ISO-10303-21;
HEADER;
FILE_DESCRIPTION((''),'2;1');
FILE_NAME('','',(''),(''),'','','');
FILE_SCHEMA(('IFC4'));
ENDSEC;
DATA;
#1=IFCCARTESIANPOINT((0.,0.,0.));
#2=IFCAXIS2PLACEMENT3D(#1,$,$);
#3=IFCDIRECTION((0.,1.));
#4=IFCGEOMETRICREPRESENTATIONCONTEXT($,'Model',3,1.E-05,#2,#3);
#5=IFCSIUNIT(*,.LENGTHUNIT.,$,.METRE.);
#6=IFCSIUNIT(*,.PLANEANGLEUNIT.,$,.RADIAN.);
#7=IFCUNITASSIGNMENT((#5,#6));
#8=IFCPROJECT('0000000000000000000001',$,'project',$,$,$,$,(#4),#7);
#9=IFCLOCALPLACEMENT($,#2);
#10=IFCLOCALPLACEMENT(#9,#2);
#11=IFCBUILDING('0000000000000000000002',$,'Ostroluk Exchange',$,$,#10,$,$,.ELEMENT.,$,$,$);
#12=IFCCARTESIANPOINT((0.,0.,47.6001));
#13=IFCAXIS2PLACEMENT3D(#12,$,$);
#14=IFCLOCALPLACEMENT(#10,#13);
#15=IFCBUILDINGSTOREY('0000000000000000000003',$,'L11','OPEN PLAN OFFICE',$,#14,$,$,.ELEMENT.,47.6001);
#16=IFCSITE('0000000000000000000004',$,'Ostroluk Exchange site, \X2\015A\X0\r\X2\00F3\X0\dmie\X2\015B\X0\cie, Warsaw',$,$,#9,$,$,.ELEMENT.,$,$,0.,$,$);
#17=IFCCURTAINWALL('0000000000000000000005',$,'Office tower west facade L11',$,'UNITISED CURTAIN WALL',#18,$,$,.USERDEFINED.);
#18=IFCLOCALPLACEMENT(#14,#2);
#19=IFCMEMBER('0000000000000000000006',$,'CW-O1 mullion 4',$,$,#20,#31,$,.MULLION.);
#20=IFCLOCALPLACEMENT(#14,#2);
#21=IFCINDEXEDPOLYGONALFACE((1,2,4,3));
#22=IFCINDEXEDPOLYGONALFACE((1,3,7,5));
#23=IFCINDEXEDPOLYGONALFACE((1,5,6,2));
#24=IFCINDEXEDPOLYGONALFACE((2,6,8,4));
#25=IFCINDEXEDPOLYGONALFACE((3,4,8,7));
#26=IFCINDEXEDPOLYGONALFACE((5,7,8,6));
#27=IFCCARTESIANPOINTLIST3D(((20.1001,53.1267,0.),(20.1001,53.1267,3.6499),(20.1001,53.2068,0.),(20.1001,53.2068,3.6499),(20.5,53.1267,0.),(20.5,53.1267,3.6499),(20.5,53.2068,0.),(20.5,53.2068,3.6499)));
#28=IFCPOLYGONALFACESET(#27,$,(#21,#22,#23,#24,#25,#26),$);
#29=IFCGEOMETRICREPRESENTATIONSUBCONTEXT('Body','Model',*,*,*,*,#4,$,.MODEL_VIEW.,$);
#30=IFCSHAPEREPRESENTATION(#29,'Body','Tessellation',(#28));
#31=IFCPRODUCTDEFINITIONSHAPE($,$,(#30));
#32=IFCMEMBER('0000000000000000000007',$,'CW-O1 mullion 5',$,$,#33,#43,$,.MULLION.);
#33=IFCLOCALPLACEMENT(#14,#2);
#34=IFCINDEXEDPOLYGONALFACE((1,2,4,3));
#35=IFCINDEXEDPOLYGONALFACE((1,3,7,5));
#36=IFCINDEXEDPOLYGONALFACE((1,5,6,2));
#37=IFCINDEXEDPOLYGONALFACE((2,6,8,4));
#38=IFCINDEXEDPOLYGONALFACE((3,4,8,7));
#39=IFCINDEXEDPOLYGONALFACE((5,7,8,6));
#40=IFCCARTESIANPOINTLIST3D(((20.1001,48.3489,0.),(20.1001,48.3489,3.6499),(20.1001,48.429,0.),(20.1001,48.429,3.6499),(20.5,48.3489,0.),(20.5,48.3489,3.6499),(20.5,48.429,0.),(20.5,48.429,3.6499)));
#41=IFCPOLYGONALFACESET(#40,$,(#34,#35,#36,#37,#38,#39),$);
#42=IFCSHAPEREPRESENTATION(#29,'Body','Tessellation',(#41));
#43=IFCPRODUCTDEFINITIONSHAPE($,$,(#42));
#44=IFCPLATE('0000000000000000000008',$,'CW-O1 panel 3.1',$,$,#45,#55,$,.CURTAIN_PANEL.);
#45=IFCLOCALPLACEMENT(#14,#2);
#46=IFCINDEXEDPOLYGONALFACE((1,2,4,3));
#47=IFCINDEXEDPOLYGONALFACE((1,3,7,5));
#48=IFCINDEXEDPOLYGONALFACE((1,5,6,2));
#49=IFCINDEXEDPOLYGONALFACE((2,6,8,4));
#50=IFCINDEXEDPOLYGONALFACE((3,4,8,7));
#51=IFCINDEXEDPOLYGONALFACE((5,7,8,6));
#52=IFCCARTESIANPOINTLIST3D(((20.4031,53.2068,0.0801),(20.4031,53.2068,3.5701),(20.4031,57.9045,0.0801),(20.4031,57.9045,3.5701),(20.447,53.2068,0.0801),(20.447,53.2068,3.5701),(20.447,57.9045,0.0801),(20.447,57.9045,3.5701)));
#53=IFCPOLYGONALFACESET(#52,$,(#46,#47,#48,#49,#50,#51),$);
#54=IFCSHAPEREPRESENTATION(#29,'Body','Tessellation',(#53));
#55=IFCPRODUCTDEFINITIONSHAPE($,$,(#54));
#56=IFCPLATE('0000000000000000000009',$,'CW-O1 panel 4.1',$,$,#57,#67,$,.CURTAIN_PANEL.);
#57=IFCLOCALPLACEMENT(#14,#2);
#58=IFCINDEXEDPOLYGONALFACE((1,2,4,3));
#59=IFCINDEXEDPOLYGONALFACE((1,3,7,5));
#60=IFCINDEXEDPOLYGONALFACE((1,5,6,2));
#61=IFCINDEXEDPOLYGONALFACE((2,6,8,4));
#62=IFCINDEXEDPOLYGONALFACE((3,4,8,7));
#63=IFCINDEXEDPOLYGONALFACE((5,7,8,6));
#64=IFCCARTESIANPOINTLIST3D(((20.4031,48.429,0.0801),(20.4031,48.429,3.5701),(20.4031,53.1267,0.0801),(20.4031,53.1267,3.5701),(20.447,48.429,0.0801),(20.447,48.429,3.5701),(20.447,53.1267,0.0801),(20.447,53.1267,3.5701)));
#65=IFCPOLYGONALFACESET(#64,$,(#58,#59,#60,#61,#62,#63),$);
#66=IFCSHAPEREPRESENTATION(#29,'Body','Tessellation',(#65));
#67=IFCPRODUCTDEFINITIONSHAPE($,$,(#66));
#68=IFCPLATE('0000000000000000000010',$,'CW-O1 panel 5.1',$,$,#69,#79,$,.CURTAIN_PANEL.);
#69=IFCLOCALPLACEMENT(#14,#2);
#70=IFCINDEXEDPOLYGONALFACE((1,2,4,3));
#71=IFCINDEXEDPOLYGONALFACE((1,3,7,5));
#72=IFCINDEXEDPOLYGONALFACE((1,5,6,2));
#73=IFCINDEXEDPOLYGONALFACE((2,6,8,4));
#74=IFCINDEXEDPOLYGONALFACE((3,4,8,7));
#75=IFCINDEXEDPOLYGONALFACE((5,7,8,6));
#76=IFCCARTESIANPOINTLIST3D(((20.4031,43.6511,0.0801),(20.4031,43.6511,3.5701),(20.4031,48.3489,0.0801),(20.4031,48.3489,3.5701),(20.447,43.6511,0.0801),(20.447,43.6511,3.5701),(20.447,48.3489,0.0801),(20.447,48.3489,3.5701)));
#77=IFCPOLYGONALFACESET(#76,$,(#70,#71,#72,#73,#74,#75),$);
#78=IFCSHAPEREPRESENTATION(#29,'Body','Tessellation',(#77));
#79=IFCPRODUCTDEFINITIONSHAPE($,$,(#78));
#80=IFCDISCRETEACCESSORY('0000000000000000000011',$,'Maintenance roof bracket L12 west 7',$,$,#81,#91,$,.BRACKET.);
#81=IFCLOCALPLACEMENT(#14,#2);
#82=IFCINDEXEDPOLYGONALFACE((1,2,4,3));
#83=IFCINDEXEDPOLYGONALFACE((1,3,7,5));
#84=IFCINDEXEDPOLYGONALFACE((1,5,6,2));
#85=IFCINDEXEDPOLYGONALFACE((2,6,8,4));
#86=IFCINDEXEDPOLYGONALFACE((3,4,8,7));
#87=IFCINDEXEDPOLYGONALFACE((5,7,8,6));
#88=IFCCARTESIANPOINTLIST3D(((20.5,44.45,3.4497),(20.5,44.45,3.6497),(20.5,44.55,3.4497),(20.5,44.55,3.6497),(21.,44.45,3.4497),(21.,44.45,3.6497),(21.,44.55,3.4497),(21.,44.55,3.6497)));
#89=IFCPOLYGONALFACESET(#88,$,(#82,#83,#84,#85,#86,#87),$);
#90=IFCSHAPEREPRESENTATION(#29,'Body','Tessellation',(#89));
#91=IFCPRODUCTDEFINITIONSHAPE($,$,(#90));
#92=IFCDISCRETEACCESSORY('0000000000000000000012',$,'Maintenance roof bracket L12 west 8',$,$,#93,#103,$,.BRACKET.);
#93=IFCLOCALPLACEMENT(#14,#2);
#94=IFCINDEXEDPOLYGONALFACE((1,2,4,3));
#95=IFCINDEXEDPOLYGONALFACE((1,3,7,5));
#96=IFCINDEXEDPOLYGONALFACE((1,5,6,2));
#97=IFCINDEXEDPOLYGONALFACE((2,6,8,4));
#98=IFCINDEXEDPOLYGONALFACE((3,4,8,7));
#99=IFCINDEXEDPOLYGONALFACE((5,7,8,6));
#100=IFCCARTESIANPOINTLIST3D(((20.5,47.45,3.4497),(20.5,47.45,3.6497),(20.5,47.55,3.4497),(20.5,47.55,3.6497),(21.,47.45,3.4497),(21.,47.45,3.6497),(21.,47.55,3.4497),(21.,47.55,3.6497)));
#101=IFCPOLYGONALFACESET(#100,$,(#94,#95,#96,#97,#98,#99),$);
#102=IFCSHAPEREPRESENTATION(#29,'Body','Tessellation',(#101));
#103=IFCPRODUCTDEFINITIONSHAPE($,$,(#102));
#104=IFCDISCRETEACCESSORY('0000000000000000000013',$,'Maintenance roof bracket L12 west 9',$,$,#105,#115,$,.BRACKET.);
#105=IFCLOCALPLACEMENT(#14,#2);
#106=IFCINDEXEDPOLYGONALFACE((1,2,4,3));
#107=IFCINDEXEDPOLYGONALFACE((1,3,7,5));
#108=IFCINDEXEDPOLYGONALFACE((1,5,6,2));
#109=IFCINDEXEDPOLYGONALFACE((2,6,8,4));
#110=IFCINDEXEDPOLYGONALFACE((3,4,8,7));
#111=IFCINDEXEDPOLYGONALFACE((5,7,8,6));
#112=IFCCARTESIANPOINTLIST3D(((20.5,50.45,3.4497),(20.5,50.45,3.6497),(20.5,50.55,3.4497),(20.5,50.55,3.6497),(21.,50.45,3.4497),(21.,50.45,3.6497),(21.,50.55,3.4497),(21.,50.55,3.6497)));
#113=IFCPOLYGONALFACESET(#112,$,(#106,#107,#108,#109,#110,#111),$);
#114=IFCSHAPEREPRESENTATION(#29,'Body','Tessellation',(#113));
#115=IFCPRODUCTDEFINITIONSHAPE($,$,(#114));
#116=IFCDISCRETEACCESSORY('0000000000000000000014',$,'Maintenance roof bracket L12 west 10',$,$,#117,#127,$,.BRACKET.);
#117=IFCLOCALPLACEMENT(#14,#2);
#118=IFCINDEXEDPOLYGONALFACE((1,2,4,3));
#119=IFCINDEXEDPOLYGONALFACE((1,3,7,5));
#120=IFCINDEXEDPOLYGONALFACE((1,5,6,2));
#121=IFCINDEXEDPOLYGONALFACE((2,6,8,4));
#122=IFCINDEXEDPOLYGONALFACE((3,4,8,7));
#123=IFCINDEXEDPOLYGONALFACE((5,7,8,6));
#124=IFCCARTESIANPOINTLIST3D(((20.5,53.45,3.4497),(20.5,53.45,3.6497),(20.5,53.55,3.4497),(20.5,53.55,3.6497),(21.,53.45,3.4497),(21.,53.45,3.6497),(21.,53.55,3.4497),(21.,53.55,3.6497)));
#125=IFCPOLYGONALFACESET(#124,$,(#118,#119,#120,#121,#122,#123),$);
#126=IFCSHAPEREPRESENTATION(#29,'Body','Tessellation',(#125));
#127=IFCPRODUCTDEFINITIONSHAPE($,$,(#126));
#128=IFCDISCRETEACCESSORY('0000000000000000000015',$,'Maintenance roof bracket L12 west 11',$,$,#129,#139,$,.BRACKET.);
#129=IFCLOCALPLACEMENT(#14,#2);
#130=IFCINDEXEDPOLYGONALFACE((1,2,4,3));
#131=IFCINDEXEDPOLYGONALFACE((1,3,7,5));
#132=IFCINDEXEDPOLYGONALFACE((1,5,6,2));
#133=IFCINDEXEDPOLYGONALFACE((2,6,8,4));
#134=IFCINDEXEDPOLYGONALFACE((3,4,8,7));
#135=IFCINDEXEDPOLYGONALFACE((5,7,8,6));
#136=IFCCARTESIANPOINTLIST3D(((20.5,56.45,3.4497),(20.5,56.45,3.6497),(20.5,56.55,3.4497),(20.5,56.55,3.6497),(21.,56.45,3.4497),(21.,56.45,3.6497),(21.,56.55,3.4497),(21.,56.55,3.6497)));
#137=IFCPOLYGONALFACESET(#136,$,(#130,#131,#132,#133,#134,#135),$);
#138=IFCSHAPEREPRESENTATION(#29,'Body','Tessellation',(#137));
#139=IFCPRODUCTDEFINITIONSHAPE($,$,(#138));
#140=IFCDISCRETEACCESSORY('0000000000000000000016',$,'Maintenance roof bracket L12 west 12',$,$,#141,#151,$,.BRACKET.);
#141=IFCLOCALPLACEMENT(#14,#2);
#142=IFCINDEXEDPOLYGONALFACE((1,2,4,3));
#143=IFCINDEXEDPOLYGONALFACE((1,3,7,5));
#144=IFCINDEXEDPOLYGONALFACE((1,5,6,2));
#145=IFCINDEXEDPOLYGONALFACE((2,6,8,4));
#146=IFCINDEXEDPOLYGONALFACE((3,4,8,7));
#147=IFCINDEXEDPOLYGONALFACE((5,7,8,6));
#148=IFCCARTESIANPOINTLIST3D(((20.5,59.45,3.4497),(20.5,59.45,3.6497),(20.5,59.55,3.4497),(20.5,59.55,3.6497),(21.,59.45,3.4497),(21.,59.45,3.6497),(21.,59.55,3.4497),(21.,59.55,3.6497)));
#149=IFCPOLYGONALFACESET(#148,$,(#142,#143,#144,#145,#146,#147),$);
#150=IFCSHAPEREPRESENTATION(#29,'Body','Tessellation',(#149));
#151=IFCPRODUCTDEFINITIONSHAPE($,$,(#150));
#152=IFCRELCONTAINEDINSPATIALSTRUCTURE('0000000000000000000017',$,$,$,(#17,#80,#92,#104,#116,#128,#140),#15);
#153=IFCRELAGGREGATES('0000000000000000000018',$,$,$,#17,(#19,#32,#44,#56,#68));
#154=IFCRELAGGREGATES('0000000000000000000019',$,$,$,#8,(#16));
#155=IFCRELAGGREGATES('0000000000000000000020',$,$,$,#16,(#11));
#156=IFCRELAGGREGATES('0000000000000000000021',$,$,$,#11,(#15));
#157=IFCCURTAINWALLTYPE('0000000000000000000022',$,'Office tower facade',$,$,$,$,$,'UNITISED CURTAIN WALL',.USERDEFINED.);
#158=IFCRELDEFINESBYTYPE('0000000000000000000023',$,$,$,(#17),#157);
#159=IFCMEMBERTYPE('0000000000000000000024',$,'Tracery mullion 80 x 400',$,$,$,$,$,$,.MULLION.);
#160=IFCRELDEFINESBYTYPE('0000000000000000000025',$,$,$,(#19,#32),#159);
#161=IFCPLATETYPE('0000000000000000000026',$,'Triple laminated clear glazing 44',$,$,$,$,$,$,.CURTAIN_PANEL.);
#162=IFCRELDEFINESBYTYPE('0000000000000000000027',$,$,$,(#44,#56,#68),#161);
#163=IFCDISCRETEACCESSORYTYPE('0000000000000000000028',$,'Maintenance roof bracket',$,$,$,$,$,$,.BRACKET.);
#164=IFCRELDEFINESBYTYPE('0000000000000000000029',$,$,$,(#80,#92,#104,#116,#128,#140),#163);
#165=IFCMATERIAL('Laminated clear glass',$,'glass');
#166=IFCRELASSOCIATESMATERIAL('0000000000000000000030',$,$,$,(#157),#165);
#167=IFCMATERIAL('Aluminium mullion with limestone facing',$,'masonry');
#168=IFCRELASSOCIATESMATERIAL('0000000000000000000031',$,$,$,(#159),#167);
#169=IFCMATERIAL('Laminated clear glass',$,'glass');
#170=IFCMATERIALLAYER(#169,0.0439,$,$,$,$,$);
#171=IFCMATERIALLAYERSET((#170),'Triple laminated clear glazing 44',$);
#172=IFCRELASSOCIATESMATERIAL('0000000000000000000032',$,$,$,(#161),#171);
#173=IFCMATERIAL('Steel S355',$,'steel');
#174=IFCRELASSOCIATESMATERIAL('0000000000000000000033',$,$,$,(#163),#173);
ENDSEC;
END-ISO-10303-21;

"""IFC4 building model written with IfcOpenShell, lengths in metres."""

from ifc_helpers import new_model, si_unit, direction, frame, origin, origin_2d, place, context, subcontext, project, spatial, rectangle, extrude, material, layer, layer_set, material_profile, profile_set, type_object, element, aggregate, save


model = new_model("IFC4")

# Units and contexts
model_context = context("Model", 3, precision=1e-05, world=origin(), true_north=direction((0.0, 1.0)))
body_context = subcontext(model_context, "Body", "Model", "MODEL_VIEW")
ifc_project = project(units=[si_unit("LENGTHUNIT", "METRE"), si_unit("PLANEANGLEUNIT", "RADIAN")], contexts=[model_context])

# Site, building, storey
site_placement = place(None, origin())
site = spatial("IfcSite", under=ifc_project, at=site_placement, Name="Ostroluk Exchange site, Śródmieście, Warsaw", CompositionType="ELEMENT", RefElevation=0.0)
building_placement = place(site_placement, origin())
building = spatial("IfcBuilding", under=site, at=building_placement, Name="Ostroluk Exchange", CompositionType="ELEMENT")
storey_placement = place(building_placement, frame((0.0, 0.0, 47.6001)))
storey = spatial("IfcBuildingStorey", under=building, at=storey_placement, Name="L11", Description="OPEN PLAN OFFICE", CompositionType="ELEMENT", Elevation=47.6001)

# Curtain wall, members, plates
ifc_material_1 = material(Name="Laminated clear glass", Category="glass")
curtain_wall_type = type_object("IfcCurtainWallType", Name="Office tower facade", ElementType="UNITISED CURTAIN WALL", PredefinedType="USERDEFINED", material=ifc_material_1)
curtain_wall_placement = place(storey_placement, origin())
curtain_wall = element("IfcCurtainWall", 1, at=curtain_wall_placement, inside=storey, type_object=curtain_wall_type, Name="Office tower west facade L11", ObjectType="UNITISED CURTAIN WALL", PredefinedType="USERDEFINED")
ifc_material_2 = material(Name="Aluminium mullion with limestone facing", Category="masonry")
ifc_material_profile_1 = material_profile(ifc_material_2, rectangle(XDim=0.3999, YDim=0.0801, at=origin_2d()), Name="Tracery mullion 80 x 400")
ifc_profile_set_1 = profile_set([ifc_material_profile_1], Name="Aluminium mullion with limestone facing")
member_type_1 = type_object("IfcMemberType", Name="Tracery mullion 80 x 400", PredefinedType="MULLION", material=ifc_profile_set_1)
member_1_placement = place(storey_placement, frame((20.3, 53.1667, 0.0), z_axis=(0.0, 0.0, 1.0), x_axis=(1.0, 0.0, 0.0)))
member_1 = element("IfcMember", 2, at=member_1_placement, type_object=member_type_1, Name="CW-O1 mullion 4", PredefinedType="MULLION", context=body_context, shape_type="SweptSolid", body=[
    extrude(rectangle(XDim=0.3999, YDim=0.0801, at=origin_2d()), origin(), (0.0, 0.0, 1.0), 3.6499),
])
member_2_placement = place(storey_placement, frame((20.3, 48.3889, 0.0), z_axis=(0.0, 0.0, 1.0), x_axis=(1.0, 0.0, 0.0)))
member_2 = element("IfcMember", 3, at=member_2_placement, type_object=member_type_1, Name="CW-O1 mullion 5", PredefinedType="MULLION", context=body_context, shape_type="SweptSolid", body=[
    extrude(rectangle(XDim=0.3999, YDim=0.0801, at=origin_2d()), origin(), (0.0, 0.0, 1.0), 3.6499),
])
ifc_material_3 = material(Name="Laminated clear glass", Category="glass")
ifc_layer = layer(ifc_material_3, 0.0439)
ifc_layer_set = layer_set([ifc_layer], Name="Triple laminated clear glazing 44")
plate_type = type_object("IfcPlateType", Name="Triple laminated clear glazing 44", PredefinedType="CURTAIN_PANEL", material=ifc_layer_set)
plate_1_placement = place(storey_placement, frame((20.425, 55.5557, 0.0801), z_axis=(0.0, 0.0, 1.0), x_axis=(0.0, -1.0, 0.0)))
plate_1 = element("IfcPlate", 4, at=plate_1_placement, type_object=plate_type, Name="CW-O1 panel 3.1", PredefinedType="CURTAIN_PANEL", context=body_context, shape_type="SweptSolid", body=[
    extrude(rectangle(XDim=4.6978, YDim=0.0439, at=origin_2d()), origin(), (0.0, 0.0, 1.0), 3.49),
])
plate_2_placement = place(storey_placement, frame((20.425, 50.7778, 0.0801), z_axis=(0.0, 0.0, 1.0), x_axis=(0.0, -1.0, 0.0)))
plate_2 = element("IfcPlate", 5, at=plate_2_placement, type_object=plate_type, Name="CW-O1 panel 4.1", PredefinedType="CURTAIN_PANEL", context=body_context, shape_type="SweptSolid", body=[
    extrude(rectangle(XDim=4.6978, YDim=0.0439, at=origin_2d()), origin(), (0.0, 0.0, 1.0), 3.49),
])
plate_3_placement = place(storey_placement, frame((20.425, 46.0, 0.0801), z_axis=(0.0, 0.0, 1.0), x_axis=(0.0, -1.0, 0.0)))
plate_3 = element("IfcPlate", 6, at=plate_3_placement, type_object=plate_type, Name="CW-O1 panel 5.1", PredefinedType="CURTAIN_PANEL", context=body_context, shape_type="SweptSolid", body=[
    extrude(rectangle(XDim=4.6978, YDim=0.0439, at=origin_2d()), origin(), (0.0, 0.0, 1.0), 3.49),
])
aggregate(curtain_wall, [member_1, member_2, plate_1, plate_2, plate_3])

# Discrete accessories
ifc_material_4 = material(Name="Steel S355", Category="steel")
discrete_accessory_type = type_object("IfcDiscreteAccessoryType", Name="Maintenance roof bracket", PredefinedType="BRACKET", material=ifc_material_4)
for number, where, z_axis, x_axis, name in (
    (7, (20.75, 44.5, 3.4497), (0.0, 0.0, 1.0), (1.0, 0.0, 0.0), "Maintenance roof bracket L12 west 7"),
    (8, (20.75, 47.5, 3.4497), (0.0, 0.0, 1.0), (1.0, 0.0, 0.0), "Maintenance roof bracket L12 west 8"),
    (9, (20.75, 50.5, 3.4497), (0.0, 0.0, 1.0), (1.0, 0.0, 0.0), "Maintenance roof bracket L12 west 9"),
    (10, (20.75, 53.5, 3.4497), (0.0, 0.0, 1.0), (1.0, 0.0, 0.0), "Maintenance roof bracket L12 west 10"),
    (11, (20.75, 56.5, 3.4497), (0.0, 0.0, 1.0), (1.0, 0.0, 0.0), "Maintenance roof bracket L12 west 11"),
    (12, (20.75, 59.5, 3.4497), (0.0, 0.0, 1.0), (1.0, 0.0, 0.0), "Maintenance roof bracket L12 west 12"),
):
    element("IfcDiscreteAccessory", number, at=place(storey_placement, frame(where, z_axis=z_axis, x_axis=x_axis)), inside=storey, type_object=discrete_accessory_type, Name=name, PredefinedType="BRACKET", context=body_context, shape_type="SweptSolid", body=[
        extrude(rectangle(XDim=0.5, YDim=0.1001, at=origin_2d()), origin(), (0.0, 0.0, 1.0), 0.2),
    ])

save(model, "model.ifc")
